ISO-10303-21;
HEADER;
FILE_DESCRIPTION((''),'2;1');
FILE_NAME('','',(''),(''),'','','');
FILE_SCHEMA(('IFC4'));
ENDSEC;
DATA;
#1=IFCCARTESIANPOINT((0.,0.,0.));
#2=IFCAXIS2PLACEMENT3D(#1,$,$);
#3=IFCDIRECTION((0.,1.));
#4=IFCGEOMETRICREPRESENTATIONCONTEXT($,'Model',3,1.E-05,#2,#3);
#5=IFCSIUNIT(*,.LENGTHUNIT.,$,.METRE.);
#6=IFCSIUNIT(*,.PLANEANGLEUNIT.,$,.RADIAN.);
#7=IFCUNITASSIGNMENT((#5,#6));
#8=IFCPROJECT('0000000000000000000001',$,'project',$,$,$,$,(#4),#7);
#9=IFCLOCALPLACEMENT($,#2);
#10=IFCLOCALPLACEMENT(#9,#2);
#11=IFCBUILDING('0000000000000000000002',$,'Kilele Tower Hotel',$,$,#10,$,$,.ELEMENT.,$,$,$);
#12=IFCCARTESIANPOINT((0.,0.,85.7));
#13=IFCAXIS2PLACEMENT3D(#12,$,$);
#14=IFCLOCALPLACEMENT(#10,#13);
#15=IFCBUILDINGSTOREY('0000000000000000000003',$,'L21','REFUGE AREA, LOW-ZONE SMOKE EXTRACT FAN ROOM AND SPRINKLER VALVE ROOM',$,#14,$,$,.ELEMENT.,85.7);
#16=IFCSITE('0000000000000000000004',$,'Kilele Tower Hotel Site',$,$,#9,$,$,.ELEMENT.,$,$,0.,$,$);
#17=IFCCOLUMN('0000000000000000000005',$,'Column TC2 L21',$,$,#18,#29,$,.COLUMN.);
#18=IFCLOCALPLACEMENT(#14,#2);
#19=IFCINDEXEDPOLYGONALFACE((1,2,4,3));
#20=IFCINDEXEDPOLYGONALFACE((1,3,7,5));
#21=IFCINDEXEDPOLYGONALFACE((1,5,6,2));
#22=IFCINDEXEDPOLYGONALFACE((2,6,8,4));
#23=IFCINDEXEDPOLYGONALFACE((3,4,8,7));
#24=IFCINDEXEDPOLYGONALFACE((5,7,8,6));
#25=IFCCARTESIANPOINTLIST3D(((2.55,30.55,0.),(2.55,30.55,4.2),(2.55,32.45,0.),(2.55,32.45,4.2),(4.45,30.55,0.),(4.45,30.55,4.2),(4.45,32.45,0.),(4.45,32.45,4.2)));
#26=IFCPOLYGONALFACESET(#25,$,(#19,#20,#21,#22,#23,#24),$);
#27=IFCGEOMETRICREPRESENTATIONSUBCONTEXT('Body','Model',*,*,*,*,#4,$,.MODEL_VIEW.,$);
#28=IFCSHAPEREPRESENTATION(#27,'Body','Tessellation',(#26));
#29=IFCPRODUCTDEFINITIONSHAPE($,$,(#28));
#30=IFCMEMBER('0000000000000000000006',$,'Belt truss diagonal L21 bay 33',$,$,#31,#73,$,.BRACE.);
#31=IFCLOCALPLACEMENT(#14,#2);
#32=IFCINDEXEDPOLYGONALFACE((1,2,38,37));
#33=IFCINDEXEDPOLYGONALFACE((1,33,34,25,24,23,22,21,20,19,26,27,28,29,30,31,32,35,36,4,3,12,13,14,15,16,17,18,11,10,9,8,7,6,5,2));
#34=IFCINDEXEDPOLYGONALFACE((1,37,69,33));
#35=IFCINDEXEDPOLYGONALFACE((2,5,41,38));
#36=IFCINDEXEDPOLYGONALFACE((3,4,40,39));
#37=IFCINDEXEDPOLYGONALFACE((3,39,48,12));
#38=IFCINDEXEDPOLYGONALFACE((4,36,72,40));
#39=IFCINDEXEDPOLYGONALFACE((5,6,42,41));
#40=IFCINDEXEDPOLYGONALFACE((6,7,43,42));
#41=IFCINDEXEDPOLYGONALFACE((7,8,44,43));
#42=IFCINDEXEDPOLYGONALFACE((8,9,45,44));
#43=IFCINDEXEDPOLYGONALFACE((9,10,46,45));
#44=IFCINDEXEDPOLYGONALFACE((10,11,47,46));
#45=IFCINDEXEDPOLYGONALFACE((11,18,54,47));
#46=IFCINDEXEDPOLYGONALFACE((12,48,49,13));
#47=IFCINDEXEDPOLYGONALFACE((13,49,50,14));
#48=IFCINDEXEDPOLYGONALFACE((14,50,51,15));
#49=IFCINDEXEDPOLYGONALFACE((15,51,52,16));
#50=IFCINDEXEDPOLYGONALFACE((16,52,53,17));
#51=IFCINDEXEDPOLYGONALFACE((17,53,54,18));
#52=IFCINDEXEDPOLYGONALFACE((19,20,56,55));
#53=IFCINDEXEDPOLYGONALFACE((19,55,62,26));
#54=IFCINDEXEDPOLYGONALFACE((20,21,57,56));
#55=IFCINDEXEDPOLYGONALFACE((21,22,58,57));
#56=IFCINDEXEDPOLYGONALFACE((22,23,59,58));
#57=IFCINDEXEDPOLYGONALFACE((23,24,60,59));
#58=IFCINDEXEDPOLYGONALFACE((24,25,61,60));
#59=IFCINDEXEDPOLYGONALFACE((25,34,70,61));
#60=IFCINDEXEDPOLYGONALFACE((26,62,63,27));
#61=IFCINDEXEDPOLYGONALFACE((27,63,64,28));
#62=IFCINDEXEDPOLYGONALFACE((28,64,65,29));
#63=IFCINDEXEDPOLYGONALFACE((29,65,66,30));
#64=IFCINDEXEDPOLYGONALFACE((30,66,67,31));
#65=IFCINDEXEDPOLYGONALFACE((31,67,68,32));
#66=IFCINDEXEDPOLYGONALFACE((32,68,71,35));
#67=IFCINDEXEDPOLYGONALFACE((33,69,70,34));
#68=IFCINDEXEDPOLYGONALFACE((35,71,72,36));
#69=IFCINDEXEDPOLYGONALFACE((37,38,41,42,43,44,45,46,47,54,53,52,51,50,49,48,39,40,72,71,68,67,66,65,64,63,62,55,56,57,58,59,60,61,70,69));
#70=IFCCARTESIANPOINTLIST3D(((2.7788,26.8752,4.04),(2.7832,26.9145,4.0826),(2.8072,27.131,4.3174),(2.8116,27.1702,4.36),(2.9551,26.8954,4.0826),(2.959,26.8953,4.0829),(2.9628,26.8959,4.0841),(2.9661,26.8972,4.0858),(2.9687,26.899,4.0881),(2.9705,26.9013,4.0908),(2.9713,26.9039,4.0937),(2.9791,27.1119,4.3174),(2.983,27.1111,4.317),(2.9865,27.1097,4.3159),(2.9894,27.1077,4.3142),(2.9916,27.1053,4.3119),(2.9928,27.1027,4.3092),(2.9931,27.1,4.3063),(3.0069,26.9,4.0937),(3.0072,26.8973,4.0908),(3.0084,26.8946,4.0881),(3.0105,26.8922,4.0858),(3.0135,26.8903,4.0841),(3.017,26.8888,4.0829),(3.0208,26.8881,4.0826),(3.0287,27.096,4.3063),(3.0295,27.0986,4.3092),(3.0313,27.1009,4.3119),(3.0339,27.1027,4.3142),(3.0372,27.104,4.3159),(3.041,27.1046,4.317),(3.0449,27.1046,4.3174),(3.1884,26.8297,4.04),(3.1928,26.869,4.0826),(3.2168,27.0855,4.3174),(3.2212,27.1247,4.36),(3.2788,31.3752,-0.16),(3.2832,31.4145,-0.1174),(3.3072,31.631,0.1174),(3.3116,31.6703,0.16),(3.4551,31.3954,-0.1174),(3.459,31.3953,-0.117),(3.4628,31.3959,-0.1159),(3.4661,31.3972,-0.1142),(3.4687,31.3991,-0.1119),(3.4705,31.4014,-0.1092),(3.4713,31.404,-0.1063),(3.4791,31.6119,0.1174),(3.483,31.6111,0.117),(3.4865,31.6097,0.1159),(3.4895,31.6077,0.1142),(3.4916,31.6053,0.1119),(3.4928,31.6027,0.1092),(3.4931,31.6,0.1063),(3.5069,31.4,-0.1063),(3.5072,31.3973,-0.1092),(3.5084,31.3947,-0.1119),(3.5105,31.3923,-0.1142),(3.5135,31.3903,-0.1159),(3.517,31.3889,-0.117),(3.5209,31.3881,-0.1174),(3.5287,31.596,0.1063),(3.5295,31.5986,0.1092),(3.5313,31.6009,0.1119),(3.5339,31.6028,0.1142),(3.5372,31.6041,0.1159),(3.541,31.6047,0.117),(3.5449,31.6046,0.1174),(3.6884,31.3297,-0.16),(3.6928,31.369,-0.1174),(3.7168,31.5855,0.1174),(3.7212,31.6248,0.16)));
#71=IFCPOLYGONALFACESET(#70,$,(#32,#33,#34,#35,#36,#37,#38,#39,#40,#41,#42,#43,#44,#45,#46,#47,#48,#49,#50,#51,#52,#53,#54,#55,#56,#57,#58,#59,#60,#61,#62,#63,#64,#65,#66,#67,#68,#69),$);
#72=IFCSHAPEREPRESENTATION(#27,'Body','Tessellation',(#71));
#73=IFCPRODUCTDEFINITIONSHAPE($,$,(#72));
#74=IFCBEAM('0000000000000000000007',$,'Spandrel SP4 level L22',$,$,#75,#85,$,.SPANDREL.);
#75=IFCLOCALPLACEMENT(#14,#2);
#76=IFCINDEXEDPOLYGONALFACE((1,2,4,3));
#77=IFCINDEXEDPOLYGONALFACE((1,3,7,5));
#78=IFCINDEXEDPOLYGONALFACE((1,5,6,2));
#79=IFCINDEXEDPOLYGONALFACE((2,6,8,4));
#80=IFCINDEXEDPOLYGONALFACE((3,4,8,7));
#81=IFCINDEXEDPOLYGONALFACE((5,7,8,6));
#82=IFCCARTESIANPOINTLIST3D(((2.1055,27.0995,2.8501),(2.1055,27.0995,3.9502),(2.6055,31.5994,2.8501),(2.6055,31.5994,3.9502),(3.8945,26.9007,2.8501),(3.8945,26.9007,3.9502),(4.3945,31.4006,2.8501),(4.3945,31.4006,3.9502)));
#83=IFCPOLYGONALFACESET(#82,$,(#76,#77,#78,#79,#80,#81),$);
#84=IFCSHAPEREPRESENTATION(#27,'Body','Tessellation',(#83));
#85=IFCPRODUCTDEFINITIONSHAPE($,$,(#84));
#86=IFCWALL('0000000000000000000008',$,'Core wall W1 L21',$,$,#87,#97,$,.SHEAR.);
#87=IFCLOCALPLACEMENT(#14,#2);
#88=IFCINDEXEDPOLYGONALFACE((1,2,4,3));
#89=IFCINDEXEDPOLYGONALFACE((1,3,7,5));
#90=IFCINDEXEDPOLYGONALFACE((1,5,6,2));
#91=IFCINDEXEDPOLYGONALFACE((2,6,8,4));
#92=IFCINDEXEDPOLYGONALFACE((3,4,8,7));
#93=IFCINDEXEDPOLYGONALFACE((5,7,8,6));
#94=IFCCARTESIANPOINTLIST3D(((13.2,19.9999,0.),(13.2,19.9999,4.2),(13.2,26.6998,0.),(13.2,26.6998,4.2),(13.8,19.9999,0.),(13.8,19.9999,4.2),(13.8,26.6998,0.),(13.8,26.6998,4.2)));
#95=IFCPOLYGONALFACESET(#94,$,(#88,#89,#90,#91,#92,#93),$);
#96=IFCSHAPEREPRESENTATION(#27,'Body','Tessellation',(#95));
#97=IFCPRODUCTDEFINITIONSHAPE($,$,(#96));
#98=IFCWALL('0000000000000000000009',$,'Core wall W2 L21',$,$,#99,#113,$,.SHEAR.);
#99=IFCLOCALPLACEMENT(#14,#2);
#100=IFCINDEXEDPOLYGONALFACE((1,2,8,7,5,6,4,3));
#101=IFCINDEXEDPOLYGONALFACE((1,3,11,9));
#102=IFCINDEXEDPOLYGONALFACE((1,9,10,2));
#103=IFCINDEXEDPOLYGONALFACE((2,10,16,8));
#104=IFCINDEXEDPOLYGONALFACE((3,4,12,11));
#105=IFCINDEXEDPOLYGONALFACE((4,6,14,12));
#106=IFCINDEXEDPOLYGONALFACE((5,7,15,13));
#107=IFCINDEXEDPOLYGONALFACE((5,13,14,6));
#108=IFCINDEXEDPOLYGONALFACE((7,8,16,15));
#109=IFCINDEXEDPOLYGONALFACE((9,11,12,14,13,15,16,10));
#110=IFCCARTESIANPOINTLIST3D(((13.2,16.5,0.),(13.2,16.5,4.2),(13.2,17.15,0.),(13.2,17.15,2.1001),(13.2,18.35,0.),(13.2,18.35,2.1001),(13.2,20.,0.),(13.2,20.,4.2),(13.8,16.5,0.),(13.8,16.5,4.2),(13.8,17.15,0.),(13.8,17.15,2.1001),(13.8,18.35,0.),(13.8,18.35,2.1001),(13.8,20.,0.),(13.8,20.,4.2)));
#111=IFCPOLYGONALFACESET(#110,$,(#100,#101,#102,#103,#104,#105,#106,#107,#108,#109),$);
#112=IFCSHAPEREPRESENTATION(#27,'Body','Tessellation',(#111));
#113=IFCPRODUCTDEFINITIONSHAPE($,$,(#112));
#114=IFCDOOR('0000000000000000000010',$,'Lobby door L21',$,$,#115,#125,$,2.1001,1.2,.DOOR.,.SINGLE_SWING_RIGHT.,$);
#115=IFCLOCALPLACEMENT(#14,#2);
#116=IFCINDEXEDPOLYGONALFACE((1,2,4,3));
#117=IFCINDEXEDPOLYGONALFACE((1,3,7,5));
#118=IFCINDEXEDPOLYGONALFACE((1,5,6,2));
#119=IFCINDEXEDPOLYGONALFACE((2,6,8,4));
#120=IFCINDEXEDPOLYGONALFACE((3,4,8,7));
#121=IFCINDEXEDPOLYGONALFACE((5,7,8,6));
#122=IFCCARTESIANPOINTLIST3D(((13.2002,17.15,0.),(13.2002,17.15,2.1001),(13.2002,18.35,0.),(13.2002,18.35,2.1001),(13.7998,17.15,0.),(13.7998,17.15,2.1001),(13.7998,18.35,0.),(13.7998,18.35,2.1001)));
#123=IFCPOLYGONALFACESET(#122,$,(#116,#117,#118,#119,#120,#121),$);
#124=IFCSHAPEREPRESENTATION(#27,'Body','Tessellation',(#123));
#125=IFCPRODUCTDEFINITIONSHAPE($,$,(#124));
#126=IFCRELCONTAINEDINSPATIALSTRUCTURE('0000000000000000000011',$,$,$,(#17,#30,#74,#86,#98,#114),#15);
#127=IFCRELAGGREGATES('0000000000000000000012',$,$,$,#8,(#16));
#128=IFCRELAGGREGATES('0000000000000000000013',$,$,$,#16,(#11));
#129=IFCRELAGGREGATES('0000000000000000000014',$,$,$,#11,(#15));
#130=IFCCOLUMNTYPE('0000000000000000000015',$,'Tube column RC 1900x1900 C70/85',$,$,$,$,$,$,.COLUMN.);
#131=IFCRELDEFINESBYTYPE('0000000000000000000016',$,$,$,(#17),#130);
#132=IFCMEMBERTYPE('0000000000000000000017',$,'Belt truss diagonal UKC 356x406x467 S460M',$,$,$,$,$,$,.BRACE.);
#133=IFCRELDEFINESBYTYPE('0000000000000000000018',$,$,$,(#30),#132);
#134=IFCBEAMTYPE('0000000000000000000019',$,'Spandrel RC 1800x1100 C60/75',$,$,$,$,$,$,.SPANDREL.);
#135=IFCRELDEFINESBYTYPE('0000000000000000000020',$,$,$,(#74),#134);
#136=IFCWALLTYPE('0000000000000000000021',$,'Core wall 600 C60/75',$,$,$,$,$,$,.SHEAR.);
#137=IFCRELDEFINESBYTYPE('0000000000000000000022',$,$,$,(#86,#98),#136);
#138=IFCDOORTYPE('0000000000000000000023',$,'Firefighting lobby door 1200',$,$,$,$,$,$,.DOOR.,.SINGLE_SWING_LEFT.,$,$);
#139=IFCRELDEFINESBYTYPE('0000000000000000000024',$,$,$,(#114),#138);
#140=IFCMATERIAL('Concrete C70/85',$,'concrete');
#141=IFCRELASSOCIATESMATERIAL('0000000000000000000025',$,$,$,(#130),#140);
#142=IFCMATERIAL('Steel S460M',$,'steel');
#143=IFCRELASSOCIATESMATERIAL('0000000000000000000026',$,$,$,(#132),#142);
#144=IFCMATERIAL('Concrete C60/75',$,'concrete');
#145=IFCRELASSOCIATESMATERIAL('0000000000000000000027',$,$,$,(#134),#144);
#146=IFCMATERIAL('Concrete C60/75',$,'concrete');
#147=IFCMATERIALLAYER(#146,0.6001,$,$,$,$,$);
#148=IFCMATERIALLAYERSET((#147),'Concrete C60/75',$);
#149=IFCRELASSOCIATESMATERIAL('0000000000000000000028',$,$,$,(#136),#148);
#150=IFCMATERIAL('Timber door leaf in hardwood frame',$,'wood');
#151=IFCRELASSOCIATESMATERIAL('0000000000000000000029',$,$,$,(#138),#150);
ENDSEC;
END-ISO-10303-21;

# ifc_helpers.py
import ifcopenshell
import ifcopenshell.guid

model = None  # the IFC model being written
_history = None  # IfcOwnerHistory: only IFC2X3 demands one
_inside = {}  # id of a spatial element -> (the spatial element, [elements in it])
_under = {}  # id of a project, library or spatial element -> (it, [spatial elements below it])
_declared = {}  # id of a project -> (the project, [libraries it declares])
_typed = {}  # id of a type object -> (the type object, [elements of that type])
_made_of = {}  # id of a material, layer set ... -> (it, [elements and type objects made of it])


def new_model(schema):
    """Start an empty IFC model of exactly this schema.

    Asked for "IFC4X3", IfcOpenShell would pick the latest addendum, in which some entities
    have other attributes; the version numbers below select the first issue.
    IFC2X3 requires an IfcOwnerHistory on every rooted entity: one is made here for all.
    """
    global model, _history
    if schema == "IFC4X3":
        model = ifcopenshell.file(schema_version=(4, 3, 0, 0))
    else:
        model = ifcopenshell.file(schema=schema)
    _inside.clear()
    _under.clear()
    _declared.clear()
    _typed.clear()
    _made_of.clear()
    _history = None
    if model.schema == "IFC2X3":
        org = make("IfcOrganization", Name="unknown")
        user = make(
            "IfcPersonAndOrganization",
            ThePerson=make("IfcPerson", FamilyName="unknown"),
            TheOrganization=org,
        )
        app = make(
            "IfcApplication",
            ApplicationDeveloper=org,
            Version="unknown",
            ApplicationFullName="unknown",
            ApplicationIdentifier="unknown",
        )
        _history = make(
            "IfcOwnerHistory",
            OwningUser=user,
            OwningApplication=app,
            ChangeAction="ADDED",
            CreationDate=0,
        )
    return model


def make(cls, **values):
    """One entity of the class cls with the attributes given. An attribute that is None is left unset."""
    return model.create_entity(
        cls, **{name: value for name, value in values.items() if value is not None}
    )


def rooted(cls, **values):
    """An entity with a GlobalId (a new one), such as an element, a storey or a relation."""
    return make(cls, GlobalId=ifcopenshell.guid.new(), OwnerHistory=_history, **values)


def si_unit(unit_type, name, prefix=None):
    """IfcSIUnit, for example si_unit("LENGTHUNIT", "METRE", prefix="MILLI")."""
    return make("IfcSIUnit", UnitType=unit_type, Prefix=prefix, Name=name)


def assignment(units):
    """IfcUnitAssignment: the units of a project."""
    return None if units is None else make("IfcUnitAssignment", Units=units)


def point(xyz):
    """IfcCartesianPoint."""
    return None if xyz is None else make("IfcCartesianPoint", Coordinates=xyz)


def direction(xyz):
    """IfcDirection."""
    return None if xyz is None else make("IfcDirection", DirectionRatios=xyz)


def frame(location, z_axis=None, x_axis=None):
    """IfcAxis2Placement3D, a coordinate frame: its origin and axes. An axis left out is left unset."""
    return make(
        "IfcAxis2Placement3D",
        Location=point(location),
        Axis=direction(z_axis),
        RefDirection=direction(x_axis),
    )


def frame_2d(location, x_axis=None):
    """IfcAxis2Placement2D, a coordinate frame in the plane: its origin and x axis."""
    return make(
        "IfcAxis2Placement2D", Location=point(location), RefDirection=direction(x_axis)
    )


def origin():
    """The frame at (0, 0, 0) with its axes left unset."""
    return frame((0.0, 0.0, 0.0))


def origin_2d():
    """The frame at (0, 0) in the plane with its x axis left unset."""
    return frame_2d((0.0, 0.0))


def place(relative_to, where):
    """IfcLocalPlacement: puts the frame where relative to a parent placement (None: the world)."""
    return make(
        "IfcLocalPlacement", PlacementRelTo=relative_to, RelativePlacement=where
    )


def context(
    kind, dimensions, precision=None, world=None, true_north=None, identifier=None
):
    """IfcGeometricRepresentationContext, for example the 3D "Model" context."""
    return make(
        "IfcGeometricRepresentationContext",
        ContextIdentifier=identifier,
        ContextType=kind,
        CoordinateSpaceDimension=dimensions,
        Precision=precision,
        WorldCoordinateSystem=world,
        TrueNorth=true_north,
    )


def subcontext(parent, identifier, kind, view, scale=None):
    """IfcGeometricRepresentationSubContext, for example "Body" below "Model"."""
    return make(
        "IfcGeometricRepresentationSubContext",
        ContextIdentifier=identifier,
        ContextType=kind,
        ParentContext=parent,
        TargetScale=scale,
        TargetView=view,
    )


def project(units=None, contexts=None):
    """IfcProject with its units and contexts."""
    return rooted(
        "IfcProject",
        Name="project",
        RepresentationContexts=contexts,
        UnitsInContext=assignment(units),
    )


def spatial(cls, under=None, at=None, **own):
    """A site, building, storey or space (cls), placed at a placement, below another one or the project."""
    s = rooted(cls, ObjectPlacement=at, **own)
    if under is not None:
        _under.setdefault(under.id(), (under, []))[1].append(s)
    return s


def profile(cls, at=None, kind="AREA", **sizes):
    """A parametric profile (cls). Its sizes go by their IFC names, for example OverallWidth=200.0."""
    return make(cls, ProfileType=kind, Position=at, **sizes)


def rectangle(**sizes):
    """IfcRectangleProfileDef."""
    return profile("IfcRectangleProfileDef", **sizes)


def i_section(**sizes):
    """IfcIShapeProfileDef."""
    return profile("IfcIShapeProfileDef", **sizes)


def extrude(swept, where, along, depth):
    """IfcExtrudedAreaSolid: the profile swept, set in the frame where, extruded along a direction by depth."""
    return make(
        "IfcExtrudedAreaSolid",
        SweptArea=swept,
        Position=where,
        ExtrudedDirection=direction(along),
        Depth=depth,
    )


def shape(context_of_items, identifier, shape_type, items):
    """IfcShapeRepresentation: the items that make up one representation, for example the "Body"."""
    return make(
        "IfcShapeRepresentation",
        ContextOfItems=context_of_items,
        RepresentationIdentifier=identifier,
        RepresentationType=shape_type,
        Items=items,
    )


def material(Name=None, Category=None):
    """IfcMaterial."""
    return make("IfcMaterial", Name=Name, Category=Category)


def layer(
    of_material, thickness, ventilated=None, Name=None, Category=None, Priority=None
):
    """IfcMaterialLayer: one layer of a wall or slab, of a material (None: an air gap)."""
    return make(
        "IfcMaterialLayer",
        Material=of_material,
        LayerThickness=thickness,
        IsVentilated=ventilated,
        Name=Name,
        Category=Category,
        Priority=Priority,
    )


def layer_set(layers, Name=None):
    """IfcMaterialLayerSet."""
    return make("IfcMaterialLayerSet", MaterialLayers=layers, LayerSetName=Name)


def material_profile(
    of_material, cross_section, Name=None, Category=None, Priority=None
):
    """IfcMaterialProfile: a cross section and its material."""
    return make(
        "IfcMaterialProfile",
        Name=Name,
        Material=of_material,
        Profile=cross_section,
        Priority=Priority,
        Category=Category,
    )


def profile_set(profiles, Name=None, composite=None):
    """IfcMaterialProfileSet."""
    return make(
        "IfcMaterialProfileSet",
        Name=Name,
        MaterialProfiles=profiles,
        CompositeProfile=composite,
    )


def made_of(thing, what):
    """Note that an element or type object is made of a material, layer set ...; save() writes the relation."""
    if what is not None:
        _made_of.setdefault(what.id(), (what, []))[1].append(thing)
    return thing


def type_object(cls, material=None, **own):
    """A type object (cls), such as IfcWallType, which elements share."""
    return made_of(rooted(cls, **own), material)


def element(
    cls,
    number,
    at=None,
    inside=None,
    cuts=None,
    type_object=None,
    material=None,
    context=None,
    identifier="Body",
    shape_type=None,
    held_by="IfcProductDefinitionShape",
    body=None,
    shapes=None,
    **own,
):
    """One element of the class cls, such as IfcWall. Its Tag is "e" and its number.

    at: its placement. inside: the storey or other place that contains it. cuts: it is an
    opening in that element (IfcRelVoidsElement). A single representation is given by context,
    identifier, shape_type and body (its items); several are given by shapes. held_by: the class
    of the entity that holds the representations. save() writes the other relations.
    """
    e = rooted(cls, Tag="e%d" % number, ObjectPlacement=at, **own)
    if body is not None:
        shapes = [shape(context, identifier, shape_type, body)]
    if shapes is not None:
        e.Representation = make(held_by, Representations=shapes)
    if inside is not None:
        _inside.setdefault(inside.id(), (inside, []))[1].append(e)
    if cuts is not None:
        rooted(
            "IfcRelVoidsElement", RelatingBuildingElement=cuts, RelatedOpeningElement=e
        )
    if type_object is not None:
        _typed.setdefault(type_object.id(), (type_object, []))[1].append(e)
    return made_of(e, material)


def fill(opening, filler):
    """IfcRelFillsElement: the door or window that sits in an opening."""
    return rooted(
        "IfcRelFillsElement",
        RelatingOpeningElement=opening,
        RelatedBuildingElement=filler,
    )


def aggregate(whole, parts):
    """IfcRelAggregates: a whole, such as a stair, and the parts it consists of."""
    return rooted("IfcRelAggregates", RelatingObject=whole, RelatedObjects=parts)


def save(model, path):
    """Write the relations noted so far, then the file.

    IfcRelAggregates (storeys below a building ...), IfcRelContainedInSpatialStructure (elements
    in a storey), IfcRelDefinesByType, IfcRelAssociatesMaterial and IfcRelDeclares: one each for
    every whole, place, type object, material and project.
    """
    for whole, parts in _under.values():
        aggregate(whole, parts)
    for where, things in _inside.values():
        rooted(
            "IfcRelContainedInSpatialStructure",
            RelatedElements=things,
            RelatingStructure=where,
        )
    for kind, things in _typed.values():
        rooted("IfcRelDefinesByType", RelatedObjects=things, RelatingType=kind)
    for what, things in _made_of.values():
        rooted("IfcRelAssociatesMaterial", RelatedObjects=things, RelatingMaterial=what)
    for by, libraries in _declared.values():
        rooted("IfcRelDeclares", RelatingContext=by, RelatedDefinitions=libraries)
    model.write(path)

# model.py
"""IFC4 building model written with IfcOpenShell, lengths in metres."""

from ifc_helpers import new_model, si_unit, direction, frame, frame_2d, origin, origin_2d, place, context, subcontext, project, spatial, rectangle, i_section, extrude, material, layer, layer_set, material_profile, profile_set, type_object, element, fill, save


model = new_model("IFC4")

# Units and contexts
model_context = context("Model", 3, precision=1e-05, world=origin(), true_north=direction((0.0, 1.0)))
body_context = subcontext(model_context, "Body", "Model", "MODEL_VIEW")
ifc_project = project(units=[si_unit("LENGTHUNIT", "METRE"), si_unit("PLANEANGLEUNIT", "RADIAN")], contexts=[model_context])

# Site, building, storey
site_placement = place(None, origin())
site = spatial("IfcSite", under=ifc_project, at=site_placement, Name="Kilele Tower Hotel Site", CompositionType="ELEMENT", RefElevation=0.0)
building_placement = place(site_placement, origin())
building = spatial("IfcBuilding", under=site, at=building_placement, Name="Kilele Tower Hotel", CompositionType="ELEMENT")
storey_placement = place(building_placement, frame((0.0, 0.0, 85.7)))
storey = spatial("IfcBuildingStorey", under=building, at=storey_placement, Name="L21", Description="REFUGE AREA, LOW-ZONE SMOKE EXTRACT FAN ROOM AND SPRINKLER VALVE ROOM", CompositionType="ELEMENT", Elevation=85.7)

# Column
ifc_material_1 = material(Name="Concrete C70/85", Category="concrete")
ifc_material_profile_1 = material_profile(ifc_material_1, rectangle(XDim=1.8999, YDim=1.8999, at=origin_2d()))
ifc_profile_set_1 = profile_set([ifc_material_profile_1], Name="Concrete C70/85")
column_type = type_object("IfcColumnType", Name="Tube column RC 1900x1900 C70/85", PredefinedType="COLUMN", material=ifc_profile_set_1)
column_placement = place(storey_placement, frame((3.5, 31.5, 0.0), z_axis=(0.0, 0.0, 1.0), x_axis=(1.0, 0.0, 0.0)))
element("IfcColumn", 1, at=column_placement, inside=storey, type_object=column_type, Name="Column TC2 L21", PredefinedType="COLUMN", context=body_context, shape_type="SweptSolid", body=[
    extrude(rectangle(XDim=1.8999, YDim=1.8999, at=origin_2d()), origin(), (0.0, 0.0, 1.0), 4.2),
])

# Member
ifc_material_2 = material(Name="Steel S460M", Category="steel")
ifc_material_profile_2 = material_profile(ifc_material_2, i_section(OverallWidth=0.4121, OverallDepth=0.4365, WebThickness=0.0359, FlangeThickness=0.0581, FilletRadius=0.0151, at=origin_2d()))
ifc_profile_set_2 = profile_set([ifc_material_profile_2], Name="Steel S460M")
member_type = type_object("IfcMemberType", Name="Belt truss diagonal UKC 356x406x467 S460M", PredefinedType="BRACE", material=ifc_profile_set_2)
member_placement = place(storey_placement, frame((3.5, 31.5, 0.0), z_axis=(-0.080962, -0.728659, 0.680074), x_axis=(0.993884, -0.110432, 0.0)))
element("IfcMember", 2, at=member_placement, inside=storey, type_object=member_type, Name="Belt truss diagonal L21 bay 33", PredefinedType="BRACE", context=body_context, shape_type="SweptSolid", body=[
    extrude(i_section(OverallWidth=0.4121, OverallDepth=0.4365, WebThickness=0.0359, FlangeThickness=0.0581, FilletRadius=0.0151, at=origin_2d()), origin(), (0.0, 0.0, 1.0), 6.1758),
])

# Beam
ifc_material_3 = material(Name="Concrete C60/75", Category="concrete")
ifc_material_profile_3 = material_profile(ifc_material_3, rectangle(XDim=1.8, YDim=1.1001, at=origin_2d()))
ifc_profile_set_3 = profile_set([ifc_material_profile_3], Name="Concrete C60/75")
beam_type = type_object("IfcBeamType", Name="Spandrel RC 1800x1100 C60/75", PredefinedType="SPANDREL", material=ifc_profile_set_3)
beam_placement = place(storey_placement, frame((3.5, 31.5, 3.4001), z_axis=(-0.110432, -0.993884, 0.0), x_axis=(0.993884, -0.110432, 0.0)))
element("IfcBeam", 3, at=beam_placement, inside=storey, type_object=beam_type, Name="Spandrel SP4 level L22", PredefinedType="SPANDREL", context=body_context, shape_type="SweptSolid", body=[
    extrude(rectangle(XDim=1.8, YDim=1.1001, at=origin_2d()), origin(), (0.0, 0.0, 1.0), 4.5276),
])

# Wall
ifc_material_4 = material(Name="Concrete C60/75", Category="concrete")
ifc_layer_1 = layer(ifc_material_4, 0.6001)
ifc_layer_set_1 = layer_set([ifc_layer_1], Name="Concrete C60/75")
wall_type_1 = type_object("IfcWallType", Name="Core wall 600 C60/75", PredefinedType="SHEAR", material=ifc_layer_set_1)
wall_1_placement = place(storey_placement, frame((13.5, 26.7, 0.0), z_axis=(0.0, 0.0, 1.0), x_axis=(0.0, -1.0, 0.0)))
element("IfcWall", 4, at=wall_1_placement, inside=storey, type_object=wall_type_1, Name="Core wall W1 L21", PredefinedType="SHEAR", context=body_context, shape_type="SweptSolid", body=[
    extrude(rectangle(XDim=6.7, YDim=0.6001, at=frame_2d((3.3501, 0.0))), origin(), (0.0, 0.0, 1.0), 4.2),
])

# Wall, opening, door
wall_2_placement = place(storey_placement, frame((13.5, 20.0, 0.0), z_axis=(0.0, 0.0, 1.0), x_axis=(0.0, -1.0, 0.0)))
wall_2 = element("IfcWall", 5, at=wall_2_placement, inside=storey, type_object=wall_type_1, Name="Core wall W2 L21", PredefinedType="SHEAR", context=body_context, shape_type="SweptSolid", body=[
    extrude(rectangle(XDim=3.5, YDim=0.6001, at=frame_2d((1.75, 0.0))), origin(), (0.0, 0.0, 1.0), 4.2),
])
opening_1_placement = place(wall_2_placement, frame((1.6499, 0.0, 0.0)))
opening_1 = element("IfcOpeningElement", 6, at=opening_1_placement, cuts=wall_2, PredefinedType="OPENING", context=body_context, shape_type="SweptSolid", body=[
    extrude(rectangle(XDim=1.2, YDim=2.1001, at=frame_2d((0.6001, 1.05))), frame((0.0, 0.3101, 0.0), z_axis=(0.0, -1.0, 0.0), x_axis=(1.0, 0.0, 0.0)), (0.0, 0.0, 1.0), 0.6201),
])
ifc_material_5 = material(Name="Timber door leaf in hardwood frame", Category="wood")
door_type_1 = type_object("IfcDoorType", Name="Firefighting lobby door 1200", OperationType="SINGLE_SWING_LEFT", PredefinedType="DOOR", material=ifc_material_5)
door_1_placement = place(opening_1_placement, origin())
door_1 = element("IfcDoor", 7, at=door_1_placement, inside=storey, type_object=door_type_1, Name="Lobby door L21", OperationType="SINGLE_SWING_RIGHT", OverallHeight=2.1001, OverallWidth=1.2, PredefinedType="DOOR", context=body_context, shape_type="SweptSolid", body=[
    extrude(rectangle(XDim=1.2, YDim=2.1001, at=frame_2d((0.6001, 1.05))), frame((0.0, 0.2998, 0.0), z_axis=(0.0, -1.0, 0.0), x_axis=(1.0, 0.0, 0.0)), (0.0, 0.0, 1.0), 0.5996),
])
fill(opening_1, door_1)

save(model, "model.ifc")
